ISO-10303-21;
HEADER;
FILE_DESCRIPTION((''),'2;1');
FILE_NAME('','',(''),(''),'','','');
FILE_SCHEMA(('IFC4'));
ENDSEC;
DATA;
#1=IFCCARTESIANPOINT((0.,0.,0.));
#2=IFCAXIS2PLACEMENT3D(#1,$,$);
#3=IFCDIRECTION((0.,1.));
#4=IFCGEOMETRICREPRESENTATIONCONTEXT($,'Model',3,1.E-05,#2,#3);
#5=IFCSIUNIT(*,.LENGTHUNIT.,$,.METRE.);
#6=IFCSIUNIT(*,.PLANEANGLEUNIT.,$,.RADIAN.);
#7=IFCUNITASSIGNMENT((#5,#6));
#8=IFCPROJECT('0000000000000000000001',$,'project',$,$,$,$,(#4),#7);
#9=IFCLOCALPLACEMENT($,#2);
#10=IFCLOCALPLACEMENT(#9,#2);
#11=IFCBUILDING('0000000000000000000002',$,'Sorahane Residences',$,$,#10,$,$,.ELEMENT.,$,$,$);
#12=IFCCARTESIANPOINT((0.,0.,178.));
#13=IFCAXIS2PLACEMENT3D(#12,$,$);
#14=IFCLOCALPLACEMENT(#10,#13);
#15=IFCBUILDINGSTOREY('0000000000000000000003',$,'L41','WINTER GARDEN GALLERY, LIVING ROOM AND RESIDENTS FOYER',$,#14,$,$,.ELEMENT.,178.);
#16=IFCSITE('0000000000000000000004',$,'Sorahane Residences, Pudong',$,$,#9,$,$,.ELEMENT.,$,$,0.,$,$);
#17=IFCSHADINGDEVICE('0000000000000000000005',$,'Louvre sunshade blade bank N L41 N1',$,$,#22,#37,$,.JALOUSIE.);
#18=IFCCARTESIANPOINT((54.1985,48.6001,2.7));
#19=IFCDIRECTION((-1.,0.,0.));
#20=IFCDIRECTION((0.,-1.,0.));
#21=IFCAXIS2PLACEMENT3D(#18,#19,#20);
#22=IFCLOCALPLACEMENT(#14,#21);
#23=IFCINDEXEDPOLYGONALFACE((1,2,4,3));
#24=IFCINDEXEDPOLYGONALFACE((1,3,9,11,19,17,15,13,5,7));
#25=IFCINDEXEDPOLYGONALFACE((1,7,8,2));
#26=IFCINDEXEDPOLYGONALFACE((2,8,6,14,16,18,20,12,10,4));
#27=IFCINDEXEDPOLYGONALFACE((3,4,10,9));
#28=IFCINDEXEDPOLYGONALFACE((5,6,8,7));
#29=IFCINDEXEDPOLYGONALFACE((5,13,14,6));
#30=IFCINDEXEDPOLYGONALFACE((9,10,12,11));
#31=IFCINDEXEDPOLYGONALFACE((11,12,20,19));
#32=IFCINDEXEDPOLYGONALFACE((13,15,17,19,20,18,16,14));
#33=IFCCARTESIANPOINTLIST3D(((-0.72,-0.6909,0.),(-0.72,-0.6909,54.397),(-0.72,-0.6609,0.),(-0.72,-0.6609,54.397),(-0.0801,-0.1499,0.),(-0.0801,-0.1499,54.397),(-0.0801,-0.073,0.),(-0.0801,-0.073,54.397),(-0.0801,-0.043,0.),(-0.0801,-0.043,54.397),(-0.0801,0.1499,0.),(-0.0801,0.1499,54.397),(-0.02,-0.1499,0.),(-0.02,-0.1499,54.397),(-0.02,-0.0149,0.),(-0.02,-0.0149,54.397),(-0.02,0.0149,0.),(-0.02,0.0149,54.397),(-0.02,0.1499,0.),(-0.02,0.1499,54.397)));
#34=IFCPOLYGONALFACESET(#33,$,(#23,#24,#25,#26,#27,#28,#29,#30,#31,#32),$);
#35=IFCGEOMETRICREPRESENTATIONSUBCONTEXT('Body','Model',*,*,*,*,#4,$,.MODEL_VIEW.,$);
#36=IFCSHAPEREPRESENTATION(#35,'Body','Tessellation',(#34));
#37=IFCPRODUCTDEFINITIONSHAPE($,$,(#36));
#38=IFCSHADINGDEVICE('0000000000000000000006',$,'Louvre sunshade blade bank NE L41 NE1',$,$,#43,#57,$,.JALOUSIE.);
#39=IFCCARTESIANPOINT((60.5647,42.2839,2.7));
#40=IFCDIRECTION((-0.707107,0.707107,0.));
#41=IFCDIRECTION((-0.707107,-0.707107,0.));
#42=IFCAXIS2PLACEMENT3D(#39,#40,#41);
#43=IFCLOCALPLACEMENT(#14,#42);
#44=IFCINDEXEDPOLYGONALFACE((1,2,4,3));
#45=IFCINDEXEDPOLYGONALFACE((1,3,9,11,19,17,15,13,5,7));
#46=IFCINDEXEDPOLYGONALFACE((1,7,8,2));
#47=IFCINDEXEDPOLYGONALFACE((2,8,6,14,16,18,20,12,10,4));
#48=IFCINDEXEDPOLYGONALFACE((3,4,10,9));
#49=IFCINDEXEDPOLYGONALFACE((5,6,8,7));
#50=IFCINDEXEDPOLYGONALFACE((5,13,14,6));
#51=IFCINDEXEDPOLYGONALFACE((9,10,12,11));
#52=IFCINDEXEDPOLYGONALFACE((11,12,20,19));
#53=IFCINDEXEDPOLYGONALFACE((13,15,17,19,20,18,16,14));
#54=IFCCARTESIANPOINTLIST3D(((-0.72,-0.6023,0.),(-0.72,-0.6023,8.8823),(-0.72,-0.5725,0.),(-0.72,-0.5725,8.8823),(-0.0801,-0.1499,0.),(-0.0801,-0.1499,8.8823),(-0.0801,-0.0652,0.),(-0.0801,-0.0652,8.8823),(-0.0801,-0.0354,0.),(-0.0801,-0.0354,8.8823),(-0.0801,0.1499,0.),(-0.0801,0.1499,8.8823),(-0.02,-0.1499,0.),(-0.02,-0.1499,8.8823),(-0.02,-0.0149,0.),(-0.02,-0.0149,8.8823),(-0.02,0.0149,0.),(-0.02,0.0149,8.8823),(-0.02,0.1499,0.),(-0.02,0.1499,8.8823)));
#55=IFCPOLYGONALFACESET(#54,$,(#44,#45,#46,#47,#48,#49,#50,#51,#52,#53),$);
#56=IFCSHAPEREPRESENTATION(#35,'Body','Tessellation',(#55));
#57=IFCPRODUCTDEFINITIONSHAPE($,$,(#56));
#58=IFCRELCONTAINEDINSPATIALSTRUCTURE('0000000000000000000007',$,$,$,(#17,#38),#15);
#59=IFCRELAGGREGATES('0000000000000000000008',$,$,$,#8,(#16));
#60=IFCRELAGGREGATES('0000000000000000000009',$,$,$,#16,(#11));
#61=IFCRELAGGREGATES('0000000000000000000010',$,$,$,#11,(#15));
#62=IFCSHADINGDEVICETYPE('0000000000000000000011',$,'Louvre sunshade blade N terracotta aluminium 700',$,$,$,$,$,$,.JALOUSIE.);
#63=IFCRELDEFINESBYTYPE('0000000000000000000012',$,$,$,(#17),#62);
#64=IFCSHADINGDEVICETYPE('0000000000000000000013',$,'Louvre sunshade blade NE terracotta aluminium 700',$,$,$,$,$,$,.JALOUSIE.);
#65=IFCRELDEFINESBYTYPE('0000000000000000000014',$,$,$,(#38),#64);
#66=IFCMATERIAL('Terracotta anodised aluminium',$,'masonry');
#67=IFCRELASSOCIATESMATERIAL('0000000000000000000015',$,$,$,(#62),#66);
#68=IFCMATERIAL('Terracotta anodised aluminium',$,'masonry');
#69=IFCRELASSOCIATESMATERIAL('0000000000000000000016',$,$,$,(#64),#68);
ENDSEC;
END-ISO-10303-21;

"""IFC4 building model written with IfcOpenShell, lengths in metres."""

from ifc_helpers import new_model, si_unit, direction, frame, origin, place, context, subcontext, project, spatial, polyline, outline, extrude, material, type_object, element, save


model = new_model("IFC4")

# Units and contexts
model_context = context("Model", 3, precision=1e-05, world=origin(), true_north=direction((0.0, 1.0)))
body_context = subcontext(model_context, "Body", "Model", "MODEL_VIEW")
ifc_project = project(units=[si_unit("LENGTHUNIT", "METRE"), si_unit("PLANEANGLEUNIT", "RADIAN")], contexts=[model_context])

# Site, building, storey
site_placement = place(None, origin())
site = spatial("IfcSite", under=ifc_project, at=site_placement, Name="Sorahane Residences, Pudong", CompositionType="ELEMENT", RefElevation=0.0)
building_placement = place(site_placement, origin())
building = spatial("IfcBuilding", under=site, at=building_placement, Name="Sorahane Residences", CompositionType="ELEMENT")
storey_placement = place(building_placement, frame((0.0, 0.0, 178.0)))
storey = spatial("IfcBuildingStorey", under=building, at=storey_placement, Name="L41", Description="WINTER GARDEN GALLERY, LIVING ROOM AND RESIDENTS FOYER", CompositionType="ELEMENT", Elevation=178.0)

# Shading devices
ifc_material_1 = material(Name="Terracotta anodised aluminium", Category="masonry")
shading_device_type_1 = type_object("IfcShadingDeviceType", Name="Louvre sunshade blade N terracotta aluminium 700", PredefinedType="JALOUSIE", material=ifc_material_1)
shading_device_1_placement = place(storey_placement, frame((54.1985, 48.6001, 2.7), z_axis=(-1.0, 0.0, 0.0), x_axis=(0.0, -1.0, 0.0)))
element("IfcShadingDevice", 1, at=shading_device_1_placement, inside=storey, type_object=shading_device_type_1, Name="Louvre sunshade blade bank N L41 N1", PredefinedType="JALOUSIE", context=body_context, shape_type="SweptSolid", body=[
    extrude(outline(polyline([(-0.72, -0.6609), (-0.72, -0.6909), (-0.0801, -0.073), (-0.0801, -0.1499), (-0.02, -0.1499), (-0.02, -0.0149), (-0.02, 0.0149), (-0.02, 0.1499), (-0.0801, 0.1499), (-0.0801, -0.043), (-0.72, -0.6609)])), origin(), (0.0, 0.0, 1.0), 54.397),
])
ifc_material_2 = material(Name="Terracotta anodised aluminium", Category="masonry")
shading_device_type_2 = type_object("IfcShadingDeviceType", Name="Louvre sunshade blade NE terracotta aluminium 700", PredefinedType="JALOUSIE", material=ifc_material_2)
shading_device_2_placement = place(storey_placement, frame((60.5647, 42.2839, 2.7), z_axis=(-0.707107, 0.707107, 0.0), x_axis=(-0.707107, -0.707107, 0.0)))
element("IfcShadingDevice", 2, at=shading_device_2_placement, inside=storey, type_object=shading_device_type_2, Name="Louvre sunshade blade bank NE L41 NE1", PredefinedType="JALOUSIE", context=body_context, shape_type="SweptSolid", body=[
    extrude(outline(polyline([(-0.72, -0.5725), (-0.72, -0.6023), (-0.0801, -0.0652), (-0.0801, -0.1499), (-0.02, -0.1499), (-0.02, -0.0149), (-0.02, 0.0149), (-0.02, 0.1499), (-0.0801, 0.1499), (-0.0801, -0.0354), (-0.72, -0.5725)])), origin(), (0.0, 0.0, 1.0), 8.8823),
])

save(model, "model.ifc")
